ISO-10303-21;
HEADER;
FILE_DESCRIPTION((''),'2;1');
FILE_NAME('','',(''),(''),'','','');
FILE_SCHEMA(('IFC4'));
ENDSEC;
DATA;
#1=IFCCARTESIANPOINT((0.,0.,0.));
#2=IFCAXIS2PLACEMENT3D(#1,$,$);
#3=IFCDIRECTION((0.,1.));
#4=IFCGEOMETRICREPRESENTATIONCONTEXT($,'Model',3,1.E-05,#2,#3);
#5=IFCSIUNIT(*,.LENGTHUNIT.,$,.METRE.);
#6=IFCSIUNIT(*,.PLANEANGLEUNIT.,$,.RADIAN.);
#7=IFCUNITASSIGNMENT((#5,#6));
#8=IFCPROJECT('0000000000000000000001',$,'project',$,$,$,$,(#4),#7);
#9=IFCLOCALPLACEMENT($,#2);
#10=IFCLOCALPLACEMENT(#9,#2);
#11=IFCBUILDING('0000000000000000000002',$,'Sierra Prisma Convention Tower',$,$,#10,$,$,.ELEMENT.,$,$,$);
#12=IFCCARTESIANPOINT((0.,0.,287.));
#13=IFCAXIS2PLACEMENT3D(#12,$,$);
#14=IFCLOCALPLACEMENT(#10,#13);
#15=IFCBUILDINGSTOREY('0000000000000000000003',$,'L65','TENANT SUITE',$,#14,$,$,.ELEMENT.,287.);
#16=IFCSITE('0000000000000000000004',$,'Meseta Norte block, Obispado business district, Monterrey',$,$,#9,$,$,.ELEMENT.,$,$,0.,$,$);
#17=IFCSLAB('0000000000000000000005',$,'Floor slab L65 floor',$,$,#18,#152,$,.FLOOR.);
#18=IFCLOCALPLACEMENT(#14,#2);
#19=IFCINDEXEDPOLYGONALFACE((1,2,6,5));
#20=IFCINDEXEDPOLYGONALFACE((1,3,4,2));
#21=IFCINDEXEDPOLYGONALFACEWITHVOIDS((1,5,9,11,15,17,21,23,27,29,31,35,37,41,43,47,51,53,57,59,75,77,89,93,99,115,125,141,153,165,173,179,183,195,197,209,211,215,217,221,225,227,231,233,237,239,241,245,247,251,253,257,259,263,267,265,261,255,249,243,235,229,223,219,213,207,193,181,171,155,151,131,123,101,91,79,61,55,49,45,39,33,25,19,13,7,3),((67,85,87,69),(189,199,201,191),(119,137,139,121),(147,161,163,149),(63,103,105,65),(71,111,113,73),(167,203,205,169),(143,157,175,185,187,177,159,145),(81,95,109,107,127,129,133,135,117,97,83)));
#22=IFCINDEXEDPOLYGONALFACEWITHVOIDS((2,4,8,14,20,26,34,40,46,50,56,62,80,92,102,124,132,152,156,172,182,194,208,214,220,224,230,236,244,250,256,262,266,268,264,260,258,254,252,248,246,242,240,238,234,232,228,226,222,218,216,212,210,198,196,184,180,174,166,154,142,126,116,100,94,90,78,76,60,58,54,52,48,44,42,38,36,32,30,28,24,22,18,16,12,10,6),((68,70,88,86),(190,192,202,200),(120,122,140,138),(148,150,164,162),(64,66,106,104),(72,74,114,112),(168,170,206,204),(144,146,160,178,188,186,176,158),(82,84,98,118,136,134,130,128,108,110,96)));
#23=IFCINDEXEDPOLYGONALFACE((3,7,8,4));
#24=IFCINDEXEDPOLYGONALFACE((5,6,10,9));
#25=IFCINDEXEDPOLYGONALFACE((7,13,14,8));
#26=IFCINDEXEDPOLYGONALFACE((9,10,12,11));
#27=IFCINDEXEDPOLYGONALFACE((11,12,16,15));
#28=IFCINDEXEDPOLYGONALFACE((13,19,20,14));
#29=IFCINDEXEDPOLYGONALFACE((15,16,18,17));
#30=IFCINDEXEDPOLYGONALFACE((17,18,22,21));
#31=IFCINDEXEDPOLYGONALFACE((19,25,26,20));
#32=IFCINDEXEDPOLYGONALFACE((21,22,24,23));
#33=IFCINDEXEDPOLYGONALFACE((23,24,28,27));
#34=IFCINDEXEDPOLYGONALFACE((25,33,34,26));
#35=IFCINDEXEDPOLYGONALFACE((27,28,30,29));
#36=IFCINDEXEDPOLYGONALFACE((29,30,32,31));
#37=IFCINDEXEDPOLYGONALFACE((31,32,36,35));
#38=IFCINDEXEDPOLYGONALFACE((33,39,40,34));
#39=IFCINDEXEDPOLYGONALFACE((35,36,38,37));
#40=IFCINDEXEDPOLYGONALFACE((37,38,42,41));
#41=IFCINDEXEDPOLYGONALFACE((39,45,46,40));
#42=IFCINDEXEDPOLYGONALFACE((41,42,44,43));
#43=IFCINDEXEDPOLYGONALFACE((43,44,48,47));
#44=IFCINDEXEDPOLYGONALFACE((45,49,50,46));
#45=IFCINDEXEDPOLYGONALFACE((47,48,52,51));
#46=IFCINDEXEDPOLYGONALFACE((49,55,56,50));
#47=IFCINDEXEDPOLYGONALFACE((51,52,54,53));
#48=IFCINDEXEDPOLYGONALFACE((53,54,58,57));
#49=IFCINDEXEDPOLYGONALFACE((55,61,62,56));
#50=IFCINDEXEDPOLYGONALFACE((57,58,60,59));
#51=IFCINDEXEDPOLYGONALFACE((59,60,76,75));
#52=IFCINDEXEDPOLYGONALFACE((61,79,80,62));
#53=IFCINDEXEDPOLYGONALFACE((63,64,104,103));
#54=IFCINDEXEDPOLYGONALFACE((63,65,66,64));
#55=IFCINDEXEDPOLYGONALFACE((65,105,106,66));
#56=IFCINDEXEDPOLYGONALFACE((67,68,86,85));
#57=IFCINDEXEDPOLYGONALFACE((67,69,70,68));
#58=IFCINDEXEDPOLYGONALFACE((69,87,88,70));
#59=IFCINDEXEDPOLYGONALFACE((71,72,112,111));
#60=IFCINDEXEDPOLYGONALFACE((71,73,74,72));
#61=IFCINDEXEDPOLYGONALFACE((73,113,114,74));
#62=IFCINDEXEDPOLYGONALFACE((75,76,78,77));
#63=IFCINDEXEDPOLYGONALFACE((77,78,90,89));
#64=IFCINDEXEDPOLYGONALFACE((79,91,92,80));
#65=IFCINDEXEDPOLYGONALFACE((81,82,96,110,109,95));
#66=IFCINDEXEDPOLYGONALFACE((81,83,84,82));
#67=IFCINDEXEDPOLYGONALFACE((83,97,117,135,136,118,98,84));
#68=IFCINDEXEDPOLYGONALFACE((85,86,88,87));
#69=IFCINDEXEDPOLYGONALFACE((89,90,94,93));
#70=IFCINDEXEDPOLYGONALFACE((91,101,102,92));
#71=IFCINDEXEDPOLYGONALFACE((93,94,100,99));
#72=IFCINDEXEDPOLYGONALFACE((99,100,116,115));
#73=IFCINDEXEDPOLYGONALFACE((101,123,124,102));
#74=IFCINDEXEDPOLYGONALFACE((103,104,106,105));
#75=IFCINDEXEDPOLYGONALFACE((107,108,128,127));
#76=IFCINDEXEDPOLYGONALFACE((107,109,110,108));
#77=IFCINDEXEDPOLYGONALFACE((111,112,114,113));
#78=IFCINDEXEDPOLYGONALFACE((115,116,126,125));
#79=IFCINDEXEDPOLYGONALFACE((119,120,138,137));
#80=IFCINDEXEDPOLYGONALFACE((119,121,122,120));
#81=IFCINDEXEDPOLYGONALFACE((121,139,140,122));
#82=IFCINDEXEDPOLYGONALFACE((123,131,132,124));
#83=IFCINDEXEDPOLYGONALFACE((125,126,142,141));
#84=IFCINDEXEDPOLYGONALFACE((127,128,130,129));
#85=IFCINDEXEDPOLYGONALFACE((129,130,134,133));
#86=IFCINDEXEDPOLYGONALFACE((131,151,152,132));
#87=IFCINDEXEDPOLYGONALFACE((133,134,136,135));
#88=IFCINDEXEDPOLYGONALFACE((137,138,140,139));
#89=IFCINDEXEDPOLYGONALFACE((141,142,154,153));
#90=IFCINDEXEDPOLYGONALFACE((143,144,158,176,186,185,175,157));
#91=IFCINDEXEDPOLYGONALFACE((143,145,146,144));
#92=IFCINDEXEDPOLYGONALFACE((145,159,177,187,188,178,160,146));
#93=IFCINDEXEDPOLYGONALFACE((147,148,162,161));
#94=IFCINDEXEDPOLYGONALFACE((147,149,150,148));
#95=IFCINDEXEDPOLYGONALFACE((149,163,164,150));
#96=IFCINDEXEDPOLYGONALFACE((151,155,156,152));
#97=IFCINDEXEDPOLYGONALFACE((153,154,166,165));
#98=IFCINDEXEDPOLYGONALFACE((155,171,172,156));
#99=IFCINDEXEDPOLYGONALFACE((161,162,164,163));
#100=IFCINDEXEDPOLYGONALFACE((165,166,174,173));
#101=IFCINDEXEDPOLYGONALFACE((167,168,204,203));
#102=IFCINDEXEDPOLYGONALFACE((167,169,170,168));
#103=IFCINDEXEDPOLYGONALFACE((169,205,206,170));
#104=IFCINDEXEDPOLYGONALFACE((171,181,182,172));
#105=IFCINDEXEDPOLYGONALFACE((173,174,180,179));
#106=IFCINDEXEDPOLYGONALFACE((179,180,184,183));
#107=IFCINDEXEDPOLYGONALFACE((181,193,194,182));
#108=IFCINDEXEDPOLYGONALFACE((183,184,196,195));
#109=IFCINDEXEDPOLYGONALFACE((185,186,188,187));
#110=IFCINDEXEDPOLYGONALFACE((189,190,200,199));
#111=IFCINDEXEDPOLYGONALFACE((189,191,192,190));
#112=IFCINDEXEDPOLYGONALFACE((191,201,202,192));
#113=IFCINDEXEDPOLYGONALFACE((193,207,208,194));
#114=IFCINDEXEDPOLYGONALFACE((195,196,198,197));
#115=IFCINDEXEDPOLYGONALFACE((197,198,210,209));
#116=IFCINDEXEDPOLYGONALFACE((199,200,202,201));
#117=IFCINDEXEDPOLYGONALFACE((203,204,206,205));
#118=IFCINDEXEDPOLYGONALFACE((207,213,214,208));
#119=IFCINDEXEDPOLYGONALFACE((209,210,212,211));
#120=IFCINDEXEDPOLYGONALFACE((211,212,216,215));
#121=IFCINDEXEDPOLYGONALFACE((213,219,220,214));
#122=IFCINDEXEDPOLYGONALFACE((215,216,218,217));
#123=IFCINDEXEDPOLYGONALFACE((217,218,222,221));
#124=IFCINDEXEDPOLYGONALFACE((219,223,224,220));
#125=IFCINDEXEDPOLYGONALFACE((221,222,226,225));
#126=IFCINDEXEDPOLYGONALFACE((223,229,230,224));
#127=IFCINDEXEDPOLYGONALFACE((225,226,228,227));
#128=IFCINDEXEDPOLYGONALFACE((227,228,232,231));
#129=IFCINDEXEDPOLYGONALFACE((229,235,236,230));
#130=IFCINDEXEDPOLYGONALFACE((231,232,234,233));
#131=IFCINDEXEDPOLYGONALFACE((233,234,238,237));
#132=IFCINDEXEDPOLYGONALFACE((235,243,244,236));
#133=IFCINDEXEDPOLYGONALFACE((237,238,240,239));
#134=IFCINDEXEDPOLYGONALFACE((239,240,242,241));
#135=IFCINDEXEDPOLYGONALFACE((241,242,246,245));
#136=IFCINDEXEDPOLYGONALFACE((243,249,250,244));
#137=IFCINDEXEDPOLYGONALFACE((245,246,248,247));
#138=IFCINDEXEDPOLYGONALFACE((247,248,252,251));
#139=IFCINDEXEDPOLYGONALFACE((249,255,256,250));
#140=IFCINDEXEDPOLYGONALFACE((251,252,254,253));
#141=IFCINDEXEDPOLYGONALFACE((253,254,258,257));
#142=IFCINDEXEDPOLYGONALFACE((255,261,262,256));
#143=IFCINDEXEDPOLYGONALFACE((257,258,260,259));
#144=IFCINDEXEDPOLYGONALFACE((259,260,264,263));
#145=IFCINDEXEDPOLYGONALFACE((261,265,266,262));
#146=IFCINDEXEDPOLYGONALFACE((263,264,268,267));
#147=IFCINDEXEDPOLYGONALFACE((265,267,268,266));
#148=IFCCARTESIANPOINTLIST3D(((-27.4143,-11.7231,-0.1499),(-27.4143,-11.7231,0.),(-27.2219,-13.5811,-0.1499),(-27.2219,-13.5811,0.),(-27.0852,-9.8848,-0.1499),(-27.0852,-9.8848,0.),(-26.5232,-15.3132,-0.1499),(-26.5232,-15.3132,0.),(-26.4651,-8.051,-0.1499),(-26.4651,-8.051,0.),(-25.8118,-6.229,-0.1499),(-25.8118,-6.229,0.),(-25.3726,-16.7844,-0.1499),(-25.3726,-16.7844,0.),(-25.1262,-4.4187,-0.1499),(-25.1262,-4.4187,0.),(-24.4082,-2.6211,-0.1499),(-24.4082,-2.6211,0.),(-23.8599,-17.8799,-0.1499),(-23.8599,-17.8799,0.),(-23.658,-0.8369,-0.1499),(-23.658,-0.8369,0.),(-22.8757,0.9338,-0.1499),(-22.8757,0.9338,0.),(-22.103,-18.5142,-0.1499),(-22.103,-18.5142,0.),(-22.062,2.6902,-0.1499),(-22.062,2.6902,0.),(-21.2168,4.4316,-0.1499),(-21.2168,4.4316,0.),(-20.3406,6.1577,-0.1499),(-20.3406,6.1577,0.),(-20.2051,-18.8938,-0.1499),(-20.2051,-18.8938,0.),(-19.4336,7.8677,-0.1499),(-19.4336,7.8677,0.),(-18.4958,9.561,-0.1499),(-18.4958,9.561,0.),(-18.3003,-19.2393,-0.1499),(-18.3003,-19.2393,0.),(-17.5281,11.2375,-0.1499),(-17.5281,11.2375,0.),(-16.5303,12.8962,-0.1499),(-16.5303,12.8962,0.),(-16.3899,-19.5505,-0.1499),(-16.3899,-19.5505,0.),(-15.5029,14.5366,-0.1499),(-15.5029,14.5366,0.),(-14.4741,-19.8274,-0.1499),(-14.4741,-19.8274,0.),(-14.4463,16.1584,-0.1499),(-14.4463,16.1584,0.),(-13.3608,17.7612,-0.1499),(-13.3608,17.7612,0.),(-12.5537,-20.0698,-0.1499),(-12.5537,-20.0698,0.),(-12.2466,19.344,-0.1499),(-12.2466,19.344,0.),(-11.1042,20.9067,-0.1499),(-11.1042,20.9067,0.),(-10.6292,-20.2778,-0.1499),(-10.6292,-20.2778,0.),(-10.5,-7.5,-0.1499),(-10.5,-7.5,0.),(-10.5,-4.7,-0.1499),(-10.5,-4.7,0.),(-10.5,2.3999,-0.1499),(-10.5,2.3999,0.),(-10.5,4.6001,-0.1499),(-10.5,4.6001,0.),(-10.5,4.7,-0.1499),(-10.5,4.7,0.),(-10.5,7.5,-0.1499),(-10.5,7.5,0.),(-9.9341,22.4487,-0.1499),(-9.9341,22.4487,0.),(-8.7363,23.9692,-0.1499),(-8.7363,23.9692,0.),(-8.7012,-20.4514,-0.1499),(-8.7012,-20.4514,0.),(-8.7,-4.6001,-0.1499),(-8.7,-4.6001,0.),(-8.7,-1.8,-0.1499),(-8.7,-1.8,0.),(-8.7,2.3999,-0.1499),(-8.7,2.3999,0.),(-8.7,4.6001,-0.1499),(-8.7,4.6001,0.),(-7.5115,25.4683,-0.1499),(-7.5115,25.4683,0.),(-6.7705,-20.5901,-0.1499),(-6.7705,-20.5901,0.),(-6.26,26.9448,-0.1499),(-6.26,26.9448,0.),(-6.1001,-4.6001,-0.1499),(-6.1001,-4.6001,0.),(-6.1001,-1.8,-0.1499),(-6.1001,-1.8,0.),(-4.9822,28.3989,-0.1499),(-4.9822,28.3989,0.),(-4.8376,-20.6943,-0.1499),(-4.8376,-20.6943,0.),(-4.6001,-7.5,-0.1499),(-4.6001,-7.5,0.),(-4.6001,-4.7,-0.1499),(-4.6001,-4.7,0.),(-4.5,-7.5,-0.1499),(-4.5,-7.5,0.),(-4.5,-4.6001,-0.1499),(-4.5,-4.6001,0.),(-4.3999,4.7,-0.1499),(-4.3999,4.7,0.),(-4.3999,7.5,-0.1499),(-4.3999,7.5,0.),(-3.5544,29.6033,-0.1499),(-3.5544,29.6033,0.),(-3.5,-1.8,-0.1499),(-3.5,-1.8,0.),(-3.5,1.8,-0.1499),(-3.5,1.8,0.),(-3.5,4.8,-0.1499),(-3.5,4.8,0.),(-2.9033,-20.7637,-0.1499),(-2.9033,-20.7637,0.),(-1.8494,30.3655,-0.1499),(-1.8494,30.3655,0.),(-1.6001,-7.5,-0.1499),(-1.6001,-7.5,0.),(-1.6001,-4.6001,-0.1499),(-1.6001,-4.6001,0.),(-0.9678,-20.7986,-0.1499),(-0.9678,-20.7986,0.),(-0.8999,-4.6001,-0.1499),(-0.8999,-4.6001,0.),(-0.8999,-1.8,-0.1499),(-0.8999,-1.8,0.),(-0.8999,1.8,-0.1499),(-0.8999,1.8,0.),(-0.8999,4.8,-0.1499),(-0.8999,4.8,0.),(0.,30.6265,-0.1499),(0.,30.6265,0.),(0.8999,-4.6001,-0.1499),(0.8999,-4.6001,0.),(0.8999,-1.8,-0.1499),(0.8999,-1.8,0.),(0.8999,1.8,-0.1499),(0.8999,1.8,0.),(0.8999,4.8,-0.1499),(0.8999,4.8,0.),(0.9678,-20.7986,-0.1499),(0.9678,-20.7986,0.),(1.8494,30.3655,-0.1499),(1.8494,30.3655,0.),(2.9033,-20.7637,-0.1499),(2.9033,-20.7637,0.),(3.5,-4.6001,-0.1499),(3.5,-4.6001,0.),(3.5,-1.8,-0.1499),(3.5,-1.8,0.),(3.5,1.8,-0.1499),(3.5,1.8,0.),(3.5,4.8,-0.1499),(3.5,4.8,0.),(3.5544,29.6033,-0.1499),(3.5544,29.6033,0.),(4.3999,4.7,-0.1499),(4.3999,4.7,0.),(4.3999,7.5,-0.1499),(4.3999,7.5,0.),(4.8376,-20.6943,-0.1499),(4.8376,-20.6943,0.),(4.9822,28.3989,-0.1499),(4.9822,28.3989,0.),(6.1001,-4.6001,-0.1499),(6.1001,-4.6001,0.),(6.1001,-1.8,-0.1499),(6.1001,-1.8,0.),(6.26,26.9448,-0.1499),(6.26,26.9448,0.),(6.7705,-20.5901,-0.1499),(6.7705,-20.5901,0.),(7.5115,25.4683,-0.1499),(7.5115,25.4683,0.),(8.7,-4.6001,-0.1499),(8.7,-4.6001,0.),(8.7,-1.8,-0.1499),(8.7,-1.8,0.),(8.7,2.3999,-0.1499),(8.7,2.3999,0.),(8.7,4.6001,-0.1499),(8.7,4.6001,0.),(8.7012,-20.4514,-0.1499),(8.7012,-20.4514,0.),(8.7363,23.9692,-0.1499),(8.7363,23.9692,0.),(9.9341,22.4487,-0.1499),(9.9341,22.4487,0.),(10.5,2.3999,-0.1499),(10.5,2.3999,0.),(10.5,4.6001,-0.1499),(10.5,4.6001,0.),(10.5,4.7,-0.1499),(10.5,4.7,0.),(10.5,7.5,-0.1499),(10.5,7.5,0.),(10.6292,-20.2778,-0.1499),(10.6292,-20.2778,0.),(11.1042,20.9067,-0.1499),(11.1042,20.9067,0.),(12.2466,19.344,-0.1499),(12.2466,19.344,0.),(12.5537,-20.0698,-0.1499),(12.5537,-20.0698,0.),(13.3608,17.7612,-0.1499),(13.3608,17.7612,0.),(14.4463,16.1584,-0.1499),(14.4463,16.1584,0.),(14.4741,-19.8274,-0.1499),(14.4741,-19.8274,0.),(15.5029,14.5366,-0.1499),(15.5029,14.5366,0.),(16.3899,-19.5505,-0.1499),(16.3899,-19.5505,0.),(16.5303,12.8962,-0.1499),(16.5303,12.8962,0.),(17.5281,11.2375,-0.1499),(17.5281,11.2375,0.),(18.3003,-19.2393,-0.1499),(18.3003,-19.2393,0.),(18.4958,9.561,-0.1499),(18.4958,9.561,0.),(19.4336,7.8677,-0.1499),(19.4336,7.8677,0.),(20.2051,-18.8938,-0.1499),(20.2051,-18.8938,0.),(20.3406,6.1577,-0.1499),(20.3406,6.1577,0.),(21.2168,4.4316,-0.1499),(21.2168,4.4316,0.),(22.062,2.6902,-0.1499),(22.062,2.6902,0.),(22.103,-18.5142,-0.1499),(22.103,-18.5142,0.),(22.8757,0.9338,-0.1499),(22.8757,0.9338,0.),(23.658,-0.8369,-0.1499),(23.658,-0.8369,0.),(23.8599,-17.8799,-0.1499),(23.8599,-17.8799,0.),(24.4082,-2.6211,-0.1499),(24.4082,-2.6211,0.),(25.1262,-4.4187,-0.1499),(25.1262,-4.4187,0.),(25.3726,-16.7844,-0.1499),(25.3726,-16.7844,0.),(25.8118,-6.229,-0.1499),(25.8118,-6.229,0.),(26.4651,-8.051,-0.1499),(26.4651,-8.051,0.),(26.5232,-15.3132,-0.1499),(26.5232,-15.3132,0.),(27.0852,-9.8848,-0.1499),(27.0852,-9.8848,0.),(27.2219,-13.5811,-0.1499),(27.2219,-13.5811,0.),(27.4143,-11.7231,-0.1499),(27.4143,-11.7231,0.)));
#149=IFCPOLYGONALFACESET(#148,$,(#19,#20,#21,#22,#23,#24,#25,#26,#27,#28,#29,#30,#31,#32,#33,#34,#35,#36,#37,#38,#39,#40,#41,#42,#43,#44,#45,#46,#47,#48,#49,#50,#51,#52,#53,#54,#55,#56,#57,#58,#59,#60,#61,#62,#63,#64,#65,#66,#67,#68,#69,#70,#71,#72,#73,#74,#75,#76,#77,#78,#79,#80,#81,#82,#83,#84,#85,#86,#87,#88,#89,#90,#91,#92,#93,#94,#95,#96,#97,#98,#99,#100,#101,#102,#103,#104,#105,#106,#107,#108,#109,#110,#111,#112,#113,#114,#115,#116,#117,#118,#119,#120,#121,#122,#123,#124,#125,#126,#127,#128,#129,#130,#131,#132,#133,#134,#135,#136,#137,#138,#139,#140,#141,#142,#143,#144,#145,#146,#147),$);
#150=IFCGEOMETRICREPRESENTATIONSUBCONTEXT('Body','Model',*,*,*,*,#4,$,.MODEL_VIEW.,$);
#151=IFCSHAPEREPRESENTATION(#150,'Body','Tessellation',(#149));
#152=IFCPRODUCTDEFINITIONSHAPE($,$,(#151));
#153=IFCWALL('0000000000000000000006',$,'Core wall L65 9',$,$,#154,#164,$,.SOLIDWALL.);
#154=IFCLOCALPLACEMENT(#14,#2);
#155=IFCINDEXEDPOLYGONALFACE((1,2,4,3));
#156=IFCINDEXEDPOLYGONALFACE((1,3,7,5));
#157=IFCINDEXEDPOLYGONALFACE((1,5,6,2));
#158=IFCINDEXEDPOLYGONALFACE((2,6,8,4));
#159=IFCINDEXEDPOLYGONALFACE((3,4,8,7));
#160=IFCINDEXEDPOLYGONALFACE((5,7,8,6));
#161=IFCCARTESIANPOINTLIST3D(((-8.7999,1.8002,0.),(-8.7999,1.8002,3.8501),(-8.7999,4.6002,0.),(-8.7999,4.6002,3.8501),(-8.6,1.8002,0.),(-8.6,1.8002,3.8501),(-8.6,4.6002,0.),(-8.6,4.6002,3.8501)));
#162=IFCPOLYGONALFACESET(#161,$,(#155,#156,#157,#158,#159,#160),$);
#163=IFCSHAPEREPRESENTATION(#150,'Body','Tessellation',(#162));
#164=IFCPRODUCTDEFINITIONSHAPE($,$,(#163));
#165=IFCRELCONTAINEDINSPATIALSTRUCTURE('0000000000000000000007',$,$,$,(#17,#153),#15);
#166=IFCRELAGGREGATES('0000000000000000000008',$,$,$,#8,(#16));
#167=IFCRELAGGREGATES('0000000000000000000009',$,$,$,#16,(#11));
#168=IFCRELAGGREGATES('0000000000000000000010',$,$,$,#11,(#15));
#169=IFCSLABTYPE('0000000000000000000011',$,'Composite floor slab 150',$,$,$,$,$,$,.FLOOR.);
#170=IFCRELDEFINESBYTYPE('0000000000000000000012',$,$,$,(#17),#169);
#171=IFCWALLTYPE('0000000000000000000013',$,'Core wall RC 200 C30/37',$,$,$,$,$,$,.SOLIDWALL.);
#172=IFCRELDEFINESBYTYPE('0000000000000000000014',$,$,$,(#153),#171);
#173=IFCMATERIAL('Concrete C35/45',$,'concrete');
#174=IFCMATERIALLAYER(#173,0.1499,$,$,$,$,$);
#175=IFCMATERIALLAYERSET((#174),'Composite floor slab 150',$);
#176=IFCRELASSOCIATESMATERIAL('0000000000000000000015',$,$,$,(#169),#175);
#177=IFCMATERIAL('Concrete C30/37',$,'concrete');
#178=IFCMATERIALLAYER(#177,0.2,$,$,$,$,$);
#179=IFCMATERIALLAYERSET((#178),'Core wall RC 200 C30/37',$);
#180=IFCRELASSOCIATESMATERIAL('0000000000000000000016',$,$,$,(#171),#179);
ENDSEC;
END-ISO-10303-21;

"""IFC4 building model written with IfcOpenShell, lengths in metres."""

from ifc_helpers import new_model, si_unit, direction, frame, frame_2d, origin, place, context, subcontext, project, spatial, polyline, rectangle, outline, extrude, material, layer, layer_set, type_object, element, save


model = new_model("IFC4")

# Units and contexts
model_context = context("Model", 3, precision=1e-05, world=origin(), true_north=direction((0.0, 1.0)))
body_context = subcontext(model_context, "Body", "Model", "MODEL_VIEW")
ifc_project = project(units=[si_unit("LENGTHUNIT", "METRE"), si_unit("PLANEANGLEUNIT", "RADIAN")], contexts=[model_context])

# Site, building, storey
site_placement = place(None, origin())
site = spatial("IfcSite", under=ifc_project, at=site_placement, Name="Meseta Norte block, Obispado business district, Monterrey", CompositionType="ELEMENT", RefElevation=0.0)
building_placement = place(site_placement, origin())
building = spatial("IfcBuilding", under=site, at=building_placement, Name="Sierra Prisma Convention Tower", CompositionType="ELEMENT")
storey_placement = place(building_placement, frame((0.0, 0.0, 287.0)))
storey = spatial("IfcBuildingStorey", under=building, at=storey_placement, Name="L65", Description="TENANT SUITE", CompositionType="ELEMENT", Elevation=287.0)

# Slab
ifc_material_1 = material(Name="Concrete C35/45", Category="concrete")
ifc_layer_1 = layer(ifc_material_1, 0.1499)
ifc_layer_set_1 = layer_set([ifc_layer_1], Name="Composite floor slab 150")
slab_type = type_object("IfcSlabType", Name="Composite floor slab 150", PredefinedType="FLOOR", material=ifc_layer_set_1)
slab_placement = place(storey_placement, frame((0.0, 0.0, -0.1499)))
element("IfcSlab", 1, at=slab_placement, inside=storey, type_object=slab_type, Name="Floor slab L65 floor", PredefinedType="FLOOR", context=body_context, shape_type="SweptSolid", body=[
    extrude(outline(polyline([(-22.103, -18.5142), (-20.2051, -18.8938), (-18.3003, -19.2393), (-16.3899, -19.5505), (-14.4741, -19.8274), (-12.5537, -20.0698), (-10.6292, -20.2778), (-8.7012, -20.4514), (-6.7705, -20.5901), (-4.8376, -20.6943), (-2.9033, -20.7637), (-0.9678, -20.7986), (0.9678, -20.7986), (2.9033, -20.7637), (4.8376, -20.6943), (6.7705, -20.5901), (8.7012, -20.4514), (10.6292, -20.2778), (12.5537, -20.0698), (14.4741, -19.8274), (16.3899, -19.5505), (18.3003, -19.2393), (20.2051, -18.8938), (22.103, -18.5142), (23.8599, -17.8799), (25.3726, -16.7844), (26.5232, -15.3132), (27.2219, -13.5811), (27.4143, -11.7231), (27.0852, -9.8848), (26.4651, -8.051), (25.8118, -6.229), (25.1262, -4.4187), (24.4082, -2.6211), (23.658, -0.8369), (22.8757, 0.9338), (22.062, 2.6902), (21.2168, 4.4316), (20.3406, 6.1577), (19.4336, 7.8677), (18.4958, 9.561), (17.5281, 11.2375), (16.5303, 12.8962), (15.5029, 14.5366), (14.4463, 16.1584), (13.3608, 17.7612), (12.2466, 19.344), (11.1042, 20.9067), (9.9341, 22.4487), (8.7363, 23.9692), (7.5115, 25.4683), (6.26, 26.9448), (4.9822, 28.3989), (3.5544, 29.6033), (1.8494, 30.3655), (0.0, 30.6265), (-1.8494, 30.3655), (-3.5544, 29.6033), (-4.9822, 28.3989), (-6.26, 26.9448), (-7.5115, 25.4683), (-8.7363, 23.9692), (-9.9341, 22.4487), (-11.1042, 20.9067), (-12.2466, 19.344), (-13.3608, 17.7612), (-14.4463, 16.1584), (-15.5029, 14.5366), (-16.5303, 12.8962), (-17.5281, 11.2375), (-18.4958, 9.561), (-19.4336, 7.8677), (-20.3406, 6.1577), (-21.2168, 4.4316), (-22.062, 2.6902), (-22.8757, 0.9338), (-23.658, -0.8369), (-24.4082, -2.6211), (-25.1262, -4.4187), (-25.8118, -6.229), (-26.4651, -8.051), (-27.0852, -9.8848), (-27.4143, -11.7231), (-27.2219, -13.5811), (-26.5232, -15.3132), (-25.3726, -16.7844), (-23.8599, -17.8799), (-22.103, -18.5142)]), holes=[polyline([(-4.6001, -4.7), (-4.6001, -7.5), (-10.5, -7.5), (-10.5, -4.7), (-4.6001, -4.7)]), polyline([(-4.5, -7.5), (-4.5, -4.6001), (-6.1001, -4.6001), (-8.7, -4.6001), (-8.7, -1.8), (-6.1001, -1.8), (-3.5, -1.8), (-0.8999, -1.8), (-0.8999, -4.6001), (-1.6001, -4.6001), (-1.6001, -7.5), (-4.5, -7.5)]), polyline([(-8.7, 2.3999), (-10.5, 2.3999), (-10.5, 4.6001), (-8.7, 4.6001), (-8.7, 2.3999)]), polyline([(-4.3999, 4.7), (-10.5, 4.7), (-10.5, 7.5), (-4.3999, 7.5), (-4.3999, 4.7)]), polyline([(3.5, -1.8), (6.1001, -1.8), (8.7, -1.8), (8.7, -4.6001), (6.1001, -4.6001), (3.5, -4.6001), (0.8999, -4.6001), (0.8999, -1.8), (3.5, -1.8)]), polyline([(-0.8999, 1.8), (-3.5, 1.8), (-3.5, 4.8), (-0.8999, 4.8), (-0.8999, 1.8)]), polyline([(3.5, 1.8), (0.8999, 1.8), (0.8999, 4.8), (3.5, 4.8), (3.5, 1.8)]), polyline([(10.5, 2.3999), (8.7, 2.3999), (8.7, 4.6001), (10.5, 4.6001), (10.5, 2.3999)]), polyline([(10.5, 4.7), (4.3999, 4.7), (4.3999, 7.5), (10.5, 7.5), (10.5, 4.7)])]), origin(), (0.0, 0.0, 1.0), 0.1499),
])

# Wall
ifc_material_2 = material(Name="Concrete C30/37", Category="concrete")
ifc_layer_2 = layer(ifc_material_2, 0.2)
ifc_layer_set_2 = layer_set([ifc_layer_2], Name="Core wall RC 200 C30/37")
wall_type = type_object("IfcWallType", Name="Core wall RC 200 C30/37", PredefinedType="SOLIDWALL", material=ifc_layer_set_2)
wall_1_placement = place(storey_placement, frame((-8.7, 4.6001, 0.0), z_axis=(0.0, 0.0, 1.0), x_axis=(0.0, -1.0, 0.0)))
element("IfcWall", 2, at=wall_1_placement, inside=storey, type_object=wall_type, Name="Core wall L65 9", PredefinedType="SOLIDWALL", context=body_context, shape_type="SweptSolid", body=[
    extrude(rectangle(XDim=2.8, YDim=0.2, at=frame_2d((1.3999, 0.0))), origin(), (0.0, 0.0, 1.0), 3.8501),
])

save(model, "model.ifc")
